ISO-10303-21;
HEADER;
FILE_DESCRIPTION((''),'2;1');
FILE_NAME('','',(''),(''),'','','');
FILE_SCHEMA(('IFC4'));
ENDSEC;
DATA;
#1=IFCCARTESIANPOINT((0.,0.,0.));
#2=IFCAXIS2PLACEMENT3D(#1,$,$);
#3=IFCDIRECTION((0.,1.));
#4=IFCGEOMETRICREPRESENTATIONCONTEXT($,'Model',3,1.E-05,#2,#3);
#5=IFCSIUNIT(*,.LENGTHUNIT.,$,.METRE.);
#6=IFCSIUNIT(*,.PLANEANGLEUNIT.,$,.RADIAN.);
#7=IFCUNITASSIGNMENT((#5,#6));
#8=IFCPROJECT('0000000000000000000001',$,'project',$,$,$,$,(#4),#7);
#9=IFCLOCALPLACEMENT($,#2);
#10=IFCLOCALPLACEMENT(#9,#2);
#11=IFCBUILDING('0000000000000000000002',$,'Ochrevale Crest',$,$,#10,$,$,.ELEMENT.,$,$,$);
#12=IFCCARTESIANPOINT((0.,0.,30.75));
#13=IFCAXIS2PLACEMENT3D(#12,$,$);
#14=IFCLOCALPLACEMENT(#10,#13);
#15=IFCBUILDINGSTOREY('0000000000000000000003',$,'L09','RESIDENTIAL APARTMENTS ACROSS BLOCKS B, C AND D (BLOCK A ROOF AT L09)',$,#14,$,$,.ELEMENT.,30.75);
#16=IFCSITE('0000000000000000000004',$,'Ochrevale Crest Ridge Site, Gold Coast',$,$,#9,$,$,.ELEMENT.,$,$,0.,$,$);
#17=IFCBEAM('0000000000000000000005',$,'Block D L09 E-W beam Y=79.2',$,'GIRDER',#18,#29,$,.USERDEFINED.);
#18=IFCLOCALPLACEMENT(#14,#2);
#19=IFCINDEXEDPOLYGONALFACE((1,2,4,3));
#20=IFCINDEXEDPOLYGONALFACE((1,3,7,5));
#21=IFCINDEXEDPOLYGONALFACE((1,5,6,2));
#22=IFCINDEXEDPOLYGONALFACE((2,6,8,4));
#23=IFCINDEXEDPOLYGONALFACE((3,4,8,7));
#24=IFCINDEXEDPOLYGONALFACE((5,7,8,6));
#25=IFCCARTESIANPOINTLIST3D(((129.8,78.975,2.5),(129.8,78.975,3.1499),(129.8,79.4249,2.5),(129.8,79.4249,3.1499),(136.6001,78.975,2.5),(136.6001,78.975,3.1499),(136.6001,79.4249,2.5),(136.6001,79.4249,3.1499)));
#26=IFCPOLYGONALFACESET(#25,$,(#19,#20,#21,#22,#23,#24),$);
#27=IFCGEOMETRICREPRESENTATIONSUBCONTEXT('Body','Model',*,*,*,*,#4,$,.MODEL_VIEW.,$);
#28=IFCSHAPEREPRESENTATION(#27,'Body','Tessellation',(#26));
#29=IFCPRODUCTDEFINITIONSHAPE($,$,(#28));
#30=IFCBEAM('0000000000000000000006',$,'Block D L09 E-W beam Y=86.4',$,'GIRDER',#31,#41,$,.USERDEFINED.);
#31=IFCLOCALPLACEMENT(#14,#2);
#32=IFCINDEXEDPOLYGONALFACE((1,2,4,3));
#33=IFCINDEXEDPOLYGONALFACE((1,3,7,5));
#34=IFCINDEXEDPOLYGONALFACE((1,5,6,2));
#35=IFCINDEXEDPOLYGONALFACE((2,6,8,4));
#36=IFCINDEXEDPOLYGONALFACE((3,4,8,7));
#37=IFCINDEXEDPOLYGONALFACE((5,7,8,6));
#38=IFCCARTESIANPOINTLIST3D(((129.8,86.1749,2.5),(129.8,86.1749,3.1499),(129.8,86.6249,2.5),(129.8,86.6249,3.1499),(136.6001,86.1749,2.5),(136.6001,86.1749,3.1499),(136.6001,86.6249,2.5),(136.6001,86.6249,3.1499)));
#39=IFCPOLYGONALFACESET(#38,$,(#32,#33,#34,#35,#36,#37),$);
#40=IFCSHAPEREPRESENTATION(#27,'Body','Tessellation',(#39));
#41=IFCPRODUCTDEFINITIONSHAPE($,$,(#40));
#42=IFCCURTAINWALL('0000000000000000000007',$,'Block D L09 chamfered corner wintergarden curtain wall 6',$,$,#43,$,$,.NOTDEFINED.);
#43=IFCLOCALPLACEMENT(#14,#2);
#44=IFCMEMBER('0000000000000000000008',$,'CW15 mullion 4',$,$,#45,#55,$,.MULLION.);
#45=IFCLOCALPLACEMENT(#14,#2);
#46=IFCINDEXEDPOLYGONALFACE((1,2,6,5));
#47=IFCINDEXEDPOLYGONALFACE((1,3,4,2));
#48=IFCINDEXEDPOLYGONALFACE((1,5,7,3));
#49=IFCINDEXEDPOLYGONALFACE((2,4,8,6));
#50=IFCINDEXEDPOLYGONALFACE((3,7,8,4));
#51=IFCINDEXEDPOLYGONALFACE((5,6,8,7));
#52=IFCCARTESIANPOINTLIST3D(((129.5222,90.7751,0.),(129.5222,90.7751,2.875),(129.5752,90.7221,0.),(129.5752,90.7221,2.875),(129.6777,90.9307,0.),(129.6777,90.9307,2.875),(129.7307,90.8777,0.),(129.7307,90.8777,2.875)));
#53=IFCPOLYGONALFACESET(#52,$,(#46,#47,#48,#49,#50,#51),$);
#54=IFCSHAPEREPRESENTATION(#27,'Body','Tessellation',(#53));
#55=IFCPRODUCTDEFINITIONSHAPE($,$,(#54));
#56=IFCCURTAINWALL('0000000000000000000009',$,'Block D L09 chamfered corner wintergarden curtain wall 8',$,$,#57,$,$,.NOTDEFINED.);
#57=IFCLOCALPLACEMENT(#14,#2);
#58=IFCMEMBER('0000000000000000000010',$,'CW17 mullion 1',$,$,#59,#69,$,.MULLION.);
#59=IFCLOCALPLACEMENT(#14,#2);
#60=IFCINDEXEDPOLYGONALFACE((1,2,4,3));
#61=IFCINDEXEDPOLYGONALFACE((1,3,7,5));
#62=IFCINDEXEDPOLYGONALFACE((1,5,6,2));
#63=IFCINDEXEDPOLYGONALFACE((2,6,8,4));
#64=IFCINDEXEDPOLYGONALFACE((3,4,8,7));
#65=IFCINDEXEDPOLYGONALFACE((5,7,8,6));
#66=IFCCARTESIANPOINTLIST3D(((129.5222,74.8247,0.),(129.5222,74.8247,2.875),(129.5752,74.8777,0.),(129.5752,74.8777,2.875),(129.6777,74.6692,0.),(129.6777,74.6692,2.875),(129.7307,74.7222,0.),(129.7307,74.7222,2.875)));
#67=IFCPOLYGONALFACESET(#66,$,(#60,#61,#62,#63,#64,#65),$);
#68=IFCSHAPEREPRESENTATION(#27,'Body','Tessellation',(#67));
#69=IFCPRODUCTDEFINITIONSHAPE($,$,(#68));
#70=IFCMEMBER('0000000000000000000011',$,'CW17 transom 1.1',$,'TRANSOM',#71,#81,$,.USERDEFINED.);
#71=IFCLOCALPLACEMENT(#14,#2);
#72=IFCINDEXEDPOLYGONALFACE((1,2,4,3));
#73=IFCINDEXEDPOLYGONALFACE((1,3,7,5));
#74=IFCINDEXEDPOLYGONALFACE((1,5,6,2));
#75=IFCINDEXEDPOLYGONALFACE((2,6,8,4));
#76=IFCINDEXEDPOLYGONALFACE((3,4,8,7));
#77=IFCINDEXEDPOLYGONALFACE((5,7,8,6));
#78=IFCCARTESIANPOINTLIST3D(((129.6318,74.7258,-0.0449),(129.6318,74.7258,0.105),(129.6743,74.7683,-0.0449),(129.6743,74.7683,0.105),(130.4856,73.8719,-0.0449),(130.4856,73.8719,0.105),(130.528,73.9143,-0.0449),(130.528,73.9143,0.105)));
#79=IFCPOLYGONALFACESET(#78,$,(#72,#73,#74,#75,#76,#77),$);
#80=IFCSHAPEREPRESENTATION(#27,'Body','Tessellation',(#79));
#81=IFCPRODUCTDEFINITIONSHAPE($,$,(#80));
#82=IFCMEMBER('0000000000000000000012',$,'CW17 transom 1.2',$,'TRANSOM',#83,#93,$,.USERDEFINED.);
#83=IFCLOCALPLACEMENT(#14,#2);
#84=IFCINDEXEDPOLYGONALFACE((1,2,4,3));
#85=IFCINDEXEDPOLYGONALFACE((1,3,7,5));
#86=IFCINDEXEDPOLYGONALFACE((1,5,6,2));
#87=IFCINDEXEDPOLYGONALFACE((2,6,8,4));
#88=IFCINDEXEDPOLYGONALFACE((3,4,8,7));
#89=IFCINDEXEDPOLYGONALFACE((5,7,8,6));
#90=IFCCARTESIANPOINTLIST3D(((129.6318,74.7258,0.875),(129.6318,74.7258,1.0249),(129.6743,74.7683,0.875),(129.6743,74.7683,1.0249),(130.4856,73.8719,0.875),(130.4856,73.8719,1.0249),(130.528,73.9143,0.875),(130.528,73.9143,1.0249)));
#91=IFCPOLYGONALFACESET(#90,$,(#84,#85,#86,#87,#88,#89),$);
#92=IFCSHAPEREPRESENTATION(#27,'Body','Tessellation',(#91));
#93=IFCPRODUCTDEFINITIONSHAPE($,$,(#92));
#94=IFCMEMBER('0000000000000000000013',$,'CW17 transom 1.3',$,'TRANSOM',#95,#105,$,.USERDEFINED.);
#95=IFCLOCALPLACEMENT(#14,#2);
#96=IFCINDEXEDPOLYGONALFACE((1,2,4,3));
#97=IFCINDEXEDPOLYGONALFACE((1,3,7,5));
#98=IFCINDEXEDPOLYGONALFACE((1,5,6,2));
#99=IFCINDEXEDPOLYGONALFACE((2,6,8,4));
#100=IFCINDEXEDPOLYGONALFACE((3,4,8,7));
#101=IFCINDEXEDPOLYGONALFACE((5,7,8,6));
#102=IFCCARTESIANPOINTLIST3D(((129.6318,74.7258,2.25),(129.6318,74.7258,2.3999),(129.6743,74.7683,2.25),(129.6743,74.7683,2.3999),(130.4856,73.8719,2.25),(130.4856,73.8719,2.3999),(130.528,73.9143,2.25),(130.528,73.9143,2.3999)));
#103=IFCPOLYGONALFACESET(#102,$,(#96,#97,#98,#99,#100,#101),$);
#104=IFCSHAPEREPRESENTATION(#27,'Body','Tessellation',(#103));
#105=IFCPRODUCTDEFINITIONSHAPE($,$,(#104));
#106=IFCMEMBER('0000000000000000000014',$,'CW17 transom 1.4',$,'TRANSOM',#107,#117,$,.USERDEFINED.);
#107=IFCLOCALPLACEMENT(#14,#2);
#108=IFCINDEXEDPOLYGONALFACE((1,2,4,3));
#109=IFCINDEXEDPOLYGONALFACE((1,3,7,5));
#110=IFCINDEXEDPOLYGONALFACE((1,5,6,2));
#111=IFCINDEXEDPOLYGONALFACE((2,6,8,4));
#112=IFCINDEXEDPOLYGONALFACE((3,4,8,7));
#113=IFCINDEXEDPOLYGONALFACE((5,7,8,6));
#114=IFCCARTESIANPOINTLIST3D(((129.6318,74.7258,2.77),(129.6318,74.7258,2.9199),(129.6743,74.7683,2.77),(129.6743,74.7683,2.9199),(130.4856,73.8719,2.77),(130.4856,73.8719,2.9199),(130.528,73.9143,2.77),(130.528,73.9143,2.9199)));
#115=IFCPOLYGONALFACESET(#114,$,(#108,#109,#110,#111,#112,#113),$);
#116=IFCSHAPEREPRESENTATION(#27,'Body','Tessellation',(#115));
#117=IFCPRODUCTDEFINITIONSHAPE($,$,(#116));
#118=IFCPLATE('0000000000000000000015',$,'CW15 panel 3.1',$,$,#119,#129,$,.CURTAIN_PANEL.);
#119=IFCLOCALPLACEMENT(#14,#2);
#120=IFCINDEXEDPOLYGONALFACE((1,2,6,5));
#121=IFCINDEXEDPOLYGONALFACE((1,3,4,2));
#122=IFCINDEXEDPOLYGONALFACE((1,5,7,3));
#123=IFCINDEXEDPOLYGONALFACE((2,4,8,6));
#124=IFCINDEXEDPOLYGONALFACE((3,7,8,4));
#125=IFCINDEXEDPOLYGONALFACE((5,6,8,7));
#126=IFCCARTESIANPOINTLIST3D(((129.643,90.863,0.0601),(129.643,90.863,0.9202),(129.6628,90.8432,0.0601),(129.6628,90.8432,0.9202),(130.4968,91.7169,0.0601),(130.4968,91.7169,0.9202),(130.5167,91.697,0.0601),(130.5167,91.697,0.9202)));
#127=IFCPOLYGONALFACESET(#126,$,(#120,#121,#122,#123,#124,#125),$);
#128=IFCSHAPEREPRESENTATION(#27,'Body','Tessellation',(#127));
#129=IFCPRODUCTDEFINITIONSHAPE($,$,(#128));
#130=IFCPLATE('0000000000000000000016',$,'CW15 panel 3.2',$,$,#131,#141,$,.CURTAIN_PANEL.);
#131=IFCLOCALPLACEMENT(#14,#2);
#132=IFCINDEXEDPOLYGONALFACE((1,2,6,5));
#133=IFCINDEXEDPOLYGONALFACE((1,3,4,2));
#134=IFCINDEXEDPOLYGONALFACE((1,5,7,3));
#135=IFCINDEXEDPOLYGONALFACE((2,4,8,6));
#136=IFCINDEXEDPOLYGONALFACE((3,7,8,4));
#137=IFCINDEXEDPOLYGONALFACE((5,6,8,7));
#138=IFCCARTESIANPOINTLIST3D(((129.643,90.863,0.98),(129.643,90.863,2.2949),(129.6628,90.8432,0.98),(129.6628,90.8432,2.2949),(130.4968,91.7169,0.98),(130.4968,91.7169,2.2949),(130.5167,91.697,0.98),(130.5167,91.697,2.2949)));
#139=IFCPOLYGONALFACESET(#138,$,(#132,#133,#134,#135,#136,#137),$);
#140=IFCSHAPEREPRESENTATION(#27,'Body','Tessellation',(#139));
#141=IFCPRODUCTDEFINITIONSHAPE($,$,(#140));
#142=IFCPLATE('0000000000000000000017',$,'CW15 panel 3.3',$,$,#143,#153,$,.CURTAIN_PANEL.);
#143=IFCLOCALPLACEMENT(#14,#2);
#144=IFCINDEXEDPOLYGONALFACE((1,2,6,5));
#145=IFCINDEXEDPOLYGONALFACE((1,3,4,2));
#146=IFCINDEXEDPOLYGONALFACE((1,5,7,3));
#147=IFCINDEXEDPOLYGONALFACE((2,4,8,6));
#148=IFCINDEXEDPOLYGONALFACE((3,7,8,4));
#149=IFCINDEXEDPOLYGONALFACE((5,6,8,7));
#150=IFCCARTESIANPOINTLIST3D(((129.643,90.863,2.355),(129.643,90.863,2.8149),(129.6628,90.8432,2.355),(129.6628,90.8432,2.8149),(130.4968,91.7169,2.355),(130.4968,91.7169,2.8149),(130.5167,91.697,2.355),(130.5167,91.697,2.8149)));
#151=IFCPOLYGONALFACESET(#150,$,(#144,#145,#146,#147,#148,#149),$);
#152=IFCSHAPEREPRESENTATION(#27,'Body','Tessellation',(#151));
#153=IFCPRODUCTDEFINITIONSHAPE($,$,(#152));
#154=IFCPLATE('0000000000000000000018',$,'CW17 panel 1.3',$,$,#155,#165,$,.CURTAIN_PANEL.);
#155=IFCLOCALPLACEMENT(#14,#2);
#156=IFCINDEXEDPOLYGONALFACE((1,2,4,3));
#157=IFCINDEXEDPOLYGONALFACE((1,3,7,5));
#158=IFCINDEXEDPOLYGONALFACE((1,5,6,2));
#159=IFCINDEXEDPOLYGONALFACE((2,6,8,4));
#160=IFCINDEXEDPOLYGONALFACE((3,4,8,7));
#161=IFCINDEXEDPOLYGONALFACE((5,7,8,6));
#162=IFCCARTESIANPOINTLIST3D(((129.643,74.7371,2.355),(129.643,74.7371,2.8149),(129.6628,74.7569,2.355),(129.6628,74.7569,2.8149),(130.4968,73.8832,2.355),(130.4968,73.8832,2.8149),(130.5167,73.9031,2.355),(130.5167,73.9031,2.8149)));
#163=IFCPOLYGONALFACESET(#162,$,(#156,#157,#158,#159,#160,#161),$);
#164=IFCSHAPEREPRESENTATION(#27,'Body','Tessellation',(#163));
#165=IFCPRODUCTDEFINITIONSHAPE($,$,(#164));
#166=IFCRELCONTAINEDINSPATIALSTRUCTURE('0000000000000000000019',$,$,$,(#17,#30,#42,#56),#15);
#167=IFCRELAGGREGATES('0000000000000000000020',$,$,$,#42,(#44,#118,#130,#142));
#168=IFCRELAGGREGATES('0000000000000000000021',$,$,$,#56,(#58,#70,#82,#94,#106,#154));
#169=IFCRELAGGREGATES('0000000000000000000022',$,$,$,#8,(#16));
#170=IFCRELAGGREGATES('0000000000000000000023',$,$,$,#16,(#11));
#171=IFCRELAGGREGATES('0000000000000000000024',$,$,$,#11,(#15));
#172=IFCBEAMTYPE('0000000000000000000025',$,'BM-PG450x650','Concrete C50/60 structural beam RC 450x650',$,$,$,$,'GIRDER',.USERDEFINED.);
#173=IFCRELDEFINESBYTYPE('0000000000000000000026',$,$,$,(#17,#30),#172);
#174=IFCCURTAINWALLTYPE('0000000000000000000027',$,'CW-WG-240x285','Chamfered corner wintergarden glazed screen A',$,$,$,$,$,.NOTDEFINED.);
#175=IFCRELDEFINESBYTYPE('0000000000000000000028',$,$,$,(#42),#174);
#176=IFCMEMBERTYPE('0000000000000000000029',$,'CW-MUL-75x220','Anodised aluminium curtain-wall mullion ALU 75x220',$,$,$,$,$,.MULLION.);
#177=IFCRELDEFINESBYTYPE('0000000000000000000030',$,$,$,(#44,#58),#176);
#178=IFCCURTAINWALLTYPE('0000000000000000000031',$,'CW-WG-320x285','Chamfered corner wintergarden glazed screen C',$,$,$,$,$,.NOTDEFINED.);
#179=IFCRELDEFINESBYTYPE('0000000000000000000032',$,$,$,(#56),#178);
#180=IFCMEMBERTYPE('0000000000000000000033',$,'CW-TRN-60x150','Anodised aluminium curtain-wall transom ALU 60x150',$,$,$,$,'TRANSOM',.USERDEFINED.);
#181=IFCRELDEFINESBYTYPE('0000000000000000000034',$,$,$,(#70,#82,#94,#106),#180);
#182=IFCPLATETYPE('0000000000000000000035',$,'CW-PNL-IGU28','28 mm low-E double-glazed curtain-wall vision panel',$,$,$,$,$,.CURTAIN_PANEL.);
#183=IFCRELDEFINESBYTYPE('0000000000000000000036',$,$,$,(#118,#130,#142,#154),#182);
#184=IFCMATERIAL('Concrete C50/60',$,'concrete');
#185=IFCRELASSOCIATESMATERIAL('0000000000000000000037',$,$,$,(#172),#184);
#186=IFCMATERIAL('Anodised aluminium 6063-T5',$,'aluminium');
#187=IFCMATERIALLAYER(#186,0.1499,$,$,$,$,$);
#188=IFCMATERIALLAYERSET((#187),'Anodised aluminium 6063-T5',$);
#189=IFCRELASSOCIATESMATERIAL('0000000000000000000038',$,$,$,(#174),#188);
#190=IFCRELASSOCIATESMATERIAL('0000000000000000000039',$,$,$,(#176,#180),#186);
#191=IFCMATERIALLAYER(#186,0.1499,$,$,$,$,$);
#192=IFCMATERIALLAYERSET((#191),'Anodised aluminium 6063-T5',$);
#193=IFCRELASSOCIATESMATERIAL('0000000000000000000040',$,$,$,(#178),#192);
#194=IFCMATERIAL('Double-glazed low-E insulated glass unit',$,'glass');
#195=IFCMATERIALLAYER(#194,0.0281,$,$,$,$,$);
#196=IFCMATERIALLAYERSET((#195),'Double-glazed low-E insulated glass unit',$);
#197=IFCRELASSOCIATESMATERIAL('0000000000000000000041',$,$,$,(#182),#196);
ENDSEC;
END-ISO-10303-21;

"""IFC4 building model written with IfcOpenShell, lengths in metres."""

from ifc_helpers import new_model, si_unit, direction, frame, origin, origin_2d, place, context, subcontext, project, spatial, rectangle, extrude, material, layer, layer_set, material_profile, profile_set, type_object, element, aggregate, save


model = new_model("IFC4")

# Units and contexts
model_context = context("Model", 3, precision=1e-05, world=origin(), true_north=direction((0.0, 1.0)))
body_context = subcontext(model_context, "Body", "Model", "MODEL_VIEW")
ifc_project = project(units=[si_unit("LENGTHUNIT", "METRE"), si_unit("PLANEANGLEUNIT", "RADIAN")], contexts=[model_context])

# Site, building, storey
site_placement = place(None, origin())
site = spatial("IfcSite", under=ifc_project, at=site_placement, Name="Ochrevale Crest Ridge Site, Gold Coast", CompositionType="ELEMENT", RefElevation=0.0)
building_placement = place(site_placement, origin())
building = spatial("IfcBuilding", under=site, at=building_placement, Name="Ochrevale Crest", CompositionType="ELEMENT")
storey_placement = place(building_placement, frame((0.0, 0.0, 30.75)))
storey = spatial("IfcBuildingStorey", under=building, at=storey_placement, Name="L09", Description="RESIDENTIAL APARTMENTS ACROSS BLOCKS B, C AND D (BLOCK A ROOF AT L09)", CompositionType="ELEMENT", Elevation=30.75)

# Beams
ifc_material_1 = material(Name="Concrete C50/60", Category="concrete")
ifc_material_profile_1 = material_profile(ifc_material_1, rectangle(XDim=0.45, YDim=0.6499, at=origin_2d()), Name="RC 450x650")
ifc_profile_set_1 = profile_set([ifc_material_profile_1], Name="Concrete C50/60")
beam_type = type_object("IfcBeamType", Name="BM-PG450x650", Description="Concrete C50/60 structural beam RC 450x650", ElementType="GIRDER", PredefinedType="USERDEFINED", material=ifc_profile_set_1)
for number, where, z_axis, x_axis, name in (
    (1, (129.8, 79.2, 2.825), (1.0, 0.0, 0.0), (0.0, 1.0, 0.0), "Block D L09 E-W beam Y=79.2"),
    (2, (129.8, 86.3999, 2.825), (1.0, 0.0, 0.0), (0.0, 1.0, 0.0), "Block D L09 E-W beam Y=86.4"),
):
    element("IfcBeam", number, at=place(storey_placement, frame(where, z_axis=z_axis, x_axis=x_axis)), inside=storey, type_object=beam_type, Name=name, ObjectType="GIRDER", PredefinedType="USERDEFINED", context=body_context, shape_type="SweptSolid", body=[
        extrude(rectangle(XDim=0.45, YDim=0.6499, at=origin_2d()), origin(), (0.0, 0.0, 1.0), 6.8),
    ])

# Curtain wall, member
ifc_material_2 = material(Name="Anodised aluminium 6063-T5", Category="aluminium")
ifc_layer_1 = layer(ifc_material_2, 0.1499)
ifc_layer_set_1 = layer_set([ifc_layer_1], Name="Anodised aluminium 6063-T5")
curtain_wall_type_1 = type_object("IfcCurtainWallType", Name="CW-WG-240x285", Description="Chamfered corner wintergarden glazed screen A", PredefinedType="NOTDEFINED", material=ifc_layer_set_1)
curtain_wall_1_placement = place(storey_placement, origin())
curtain_wall_1 = element("IfcCurtainWall", 3, at=curtain_wall_1_placement, inside=storey, type_object=curtain_wall_type_1, Name="Block D L09 chamfered corner wintergarden curtain wall 6", PredefinedType="NOTDEFINED")
ifc_material_profile_2 = material_profile(ifc_material_2, rectangle(XDim=0.075, YDim=0.22, at=origin_2d()), Name="ALU 75x220")
ifc_profile_set_2 = profile_set([ifc_material_profile_2], Name="Anodised aluminium 6063-T5")
member_type_1 = type_object("IfcMemberType", Name="CW-MUL-75x220", Description="Anodised aluminium curtain-wall mullion ALU 75x220", PredefinedType="MULLION", material=ifc_profile_set_2)
member_1_placement = place(storey_placement, frame((129.6265, 90.8264, 0.0), z_axis=(0.0, 0.0, 1.0), x_axis=(0.707107, -0.707107, 0.0)))
member_1 = element("IfcMember", 4, at=member_1_placement, type_object=member_type_1, Name="CW15 mullion 4", PredefinedType="MULLION", context=body_context, shape_type="SweptSolid", body=[
    extrude(rectangle(XDim=0.075, YDim=0.22, at=origin_2d()), origin(), (0.0, 0.0, 1.0), 2.875),
])

# Curtain wall, members
ifc_layer_2 = layer(ifc_material_2, 0.1499)
ifc_layer_set_2 = layer_set([ifc_layer_2], Name="Anodised aluminium 6063-T5")
curtain_wall_type_2 = type_object("IfcCurtainWallType", Name="CW-WG-320x285", Description="Chamfered corner wintergarden glazed screen C", PredefinedType="NOTDEFINED", material=ifc_layer_set_2)
curtain_wall_2_placement = place(storey_placement, origin())
curtain_wall_2 = element("IfcCurtainWall", 5, at=curtain_wall_2_placement, inside=storey, type_object=curtain_wall_type_2, Name="Block D L09 chamfered corner wintergarden curtain wall 8", PredefinedType="NOTDEFINED")
member_2_placement = place(storey_placement, frame((129.6265, 74.7734, 0.0), z_axis=(0.0, 0.0, 1.0), x_axis=(0.707107, 0.707107, 0.0)))
member_2 = element("IfcMember", 6, at=member_2_placement, type_object=member_type_1, Name="CW17 mullion 1", PredefinedType="MULLION", context=body_context, shape_type="SweptSolid", body=[
    extrude(rectangle(XDim=0.075, YDim=0.22, at=origin_2d()), origin(), (0.0, 0.0, 1.0), 2.875),
])
ifc_material_profile_3 = material_profile(ifc_material_2, rectangle(XDim=0.0601, YDim=0.1499, at=origin_2d()), Name="ALU 60x150")
ifc_profile_set_3 = profile_set([ifc_material_profile_3], Name="Anodised aluminium 6063-T5")
member_type_2 = type_object("IfcMemberType", Name="CW-TRN-60x150", Description="Anodised aluminium curtain-wall transom ALU 60x150", ElementType="TRANSOM", PredefinedType="USERDEFINED", material=ifc_profile_set_3)
member_3_placement = place(storey_placement, frame((129.6531, 74.7471, 0.03), z_axis=(0.707006, -0.707208, 0.0), x_axis=(0.707208, 0.707006, 0.0)))
member_3 = element("IfcMember", 7, at=member_3_placement, type_object=member_type_2, Name="CW17 transom 1.1", ObjectType="TRANSOM", PredefinedType="USERDEFINED", context=body_context, shape_type="SweptSolid", body=[
    extrude(rectangle(XDim=0.0601, YDim=0.1499, at=origin_2d()), origin(), (0.0, 0.0, 1.0), 1.2075),
])
member_4_placement = place(storey_placement, frame((129.6531, 74.7471, 0.95), z_axis=(0.707006, -0.707208, 0.0), x_axis=(0.707208, 0.707006, 0.0)))
member_4 = element("IfcMember", 8, at=member_4_placement, type_object=member_type_2, Name="CW17 transom 1.2", ObjectType="TRANSOM", PredefinedType="USERDEFINED", context=body_context, shape_type="SweptSolid", body=[
    extrude(rectangle(XDim=0.0601, YDim=0.1499, at=origin_2d()), origin(), (0.0, 0.0, 1.0), 1.2075),
])
member_5_placement = place(storey_placement, frame((129.6531, 74.7471, 2.325), z_axis=(0.707006, -0.707208, 0.0), x_axis=(0.707208, 0.707006, 0.0)))
member_5 = element("IfcMember", 9, at=member_5_placement, type_object=member_type_2, Name="CW17 transom 1.3", ObjectType="TRANSOM", PredefinedType="USERDEFINED", context=body_context, shape_type="SweptSolid", body=[
    extrude(rectangle(XDim=0.0601, YDim=0.1499, at=origin_2d()), origin(), (0.0, 0.0, 1.0), 1.2075),
])
member_6_placement = place(storey_placement, frame((129.6531, 74.7471, 2.845), z_axis=(0.707006, -0.707208, 0.0), x_axis=(0.707208, 0.707006, 0.0)))
member_6 = element("IfcMember", 10, at=member_6_placement, type_object=member_type_2, Name="CW17 transom 1.4", ObjectType="TRANSOM", PredefinedType="USERDEFINED", context=body_context, shape_type="SweptSolid", body=[
    extrude(rectangle(XDim=0.0601, YDim=0.1499, at=origin_2d()), origin(), (0.0, 0.0, 1.0), 1.2075),
])

# Plates
ifc_material_3 = material(Name="Double-glazed low-E insulated glass unit", Category="glass")
ifc_layer_3 = layer(ifc_material_3, 0.0281)
ifc_layer_set_3 = layer_set([ifc_layer_3], Name="Double-glazed low-E insulated glass unit")
plate_type = type_object("IfcPlateType", Name="CW-PNL-IGU28", Description="28 mm low-E double-glazed curtain-wall vision panel", PredefinedType="CURTAIN_PANEL", material=ifc_layer_set_3)
plate_1_placement = place(storey_placement, frame((130.0798, 91.28, 0.0601), z_axis=(0.0, 0.0, 1.0), x_axis=(-0.707107, -0.707107, 0.0)))
plate_1 = element("IfcPlate", 11, at=plate_1_placement, type_object=plate_type, Name="CW15 panel 3.1", PredefinedType="CURTAIN_PANEL", context=body_context, shape_type="SweptSolid", body=[
    extrude(rectangle(XDim=1.2075, YDim=0.0281, at=origin_2d()), origin(), (0.0, 0.0, 1.0), 0.8601),
])
plate_2_placement = place(storey_placement, frame((130.0798, 91.28, 0.98), z_axis=(0.0, 0.0, 1.0), x_axis=(-0.707107, -0.707107, 0.0)))
plate_2 = element("IfcPlate", 12, at=plate_2_placement, type_object=plate_type, Name="CW15 panel 3.2", PredefinedType="CURTAIN_PANEL", context=body_context, shape_type="SweptSolid", body=[
    extrude(rectangle(XDim=1.2075, YDim=0.0281, at=origin_2d()), origin(), (0.0, 0.0, 1.0), 1.3149),
])
plate_3_placement = place(storey_placement, frame((130.0798, 91.28, 2.355), z_axis=(0.0, 0.0, 1.0), x_axis=(-0.707107, -0.707107, 0.0)))
plate_3 = element("IfcPlate", 13, at=plate_3_placement, type_object=plate_type, Name="CW15 panel 3.3", PredefinedType="CURTAIN_PANEL", context=body_context, shape_type="SweptSolid", body=[
    extrude(rectangle(XDim=1.2075, YDim=0.0281, at=origin_2d()), origin(), (0.0, 0.0, 1.0), 0.46),
])
aggregate(curtain_wall_1, [member_1, plate_1, plate_2, plate_3])
plate_4_placement = place(storey_placement, frame((130.0798, 74.3201, 2.355), z_axis=(0.0, 0.0, 1.0), x_axis=(0.707107, -0.707107, 0.0)))
plate_4 = element("IfcPlate", 14, at=plate_4_placement, type_object=plate_type, Name="CW17 panel 1.3", PredefinedType="CURTAIN_PANEL", context=body_context, shape_type="SweptSolid", body=[
    extrude(rectangle(XDim=1.2075, YDim=0.0281, at=origin_2d()), origin(), (0.0, 0.0, 1.0), 0.46),
])
aggregate(curtain_wall_2, [member_2, member_3, member_4, member_5, member_6, plate_4])

save(model, "model.ifc")
